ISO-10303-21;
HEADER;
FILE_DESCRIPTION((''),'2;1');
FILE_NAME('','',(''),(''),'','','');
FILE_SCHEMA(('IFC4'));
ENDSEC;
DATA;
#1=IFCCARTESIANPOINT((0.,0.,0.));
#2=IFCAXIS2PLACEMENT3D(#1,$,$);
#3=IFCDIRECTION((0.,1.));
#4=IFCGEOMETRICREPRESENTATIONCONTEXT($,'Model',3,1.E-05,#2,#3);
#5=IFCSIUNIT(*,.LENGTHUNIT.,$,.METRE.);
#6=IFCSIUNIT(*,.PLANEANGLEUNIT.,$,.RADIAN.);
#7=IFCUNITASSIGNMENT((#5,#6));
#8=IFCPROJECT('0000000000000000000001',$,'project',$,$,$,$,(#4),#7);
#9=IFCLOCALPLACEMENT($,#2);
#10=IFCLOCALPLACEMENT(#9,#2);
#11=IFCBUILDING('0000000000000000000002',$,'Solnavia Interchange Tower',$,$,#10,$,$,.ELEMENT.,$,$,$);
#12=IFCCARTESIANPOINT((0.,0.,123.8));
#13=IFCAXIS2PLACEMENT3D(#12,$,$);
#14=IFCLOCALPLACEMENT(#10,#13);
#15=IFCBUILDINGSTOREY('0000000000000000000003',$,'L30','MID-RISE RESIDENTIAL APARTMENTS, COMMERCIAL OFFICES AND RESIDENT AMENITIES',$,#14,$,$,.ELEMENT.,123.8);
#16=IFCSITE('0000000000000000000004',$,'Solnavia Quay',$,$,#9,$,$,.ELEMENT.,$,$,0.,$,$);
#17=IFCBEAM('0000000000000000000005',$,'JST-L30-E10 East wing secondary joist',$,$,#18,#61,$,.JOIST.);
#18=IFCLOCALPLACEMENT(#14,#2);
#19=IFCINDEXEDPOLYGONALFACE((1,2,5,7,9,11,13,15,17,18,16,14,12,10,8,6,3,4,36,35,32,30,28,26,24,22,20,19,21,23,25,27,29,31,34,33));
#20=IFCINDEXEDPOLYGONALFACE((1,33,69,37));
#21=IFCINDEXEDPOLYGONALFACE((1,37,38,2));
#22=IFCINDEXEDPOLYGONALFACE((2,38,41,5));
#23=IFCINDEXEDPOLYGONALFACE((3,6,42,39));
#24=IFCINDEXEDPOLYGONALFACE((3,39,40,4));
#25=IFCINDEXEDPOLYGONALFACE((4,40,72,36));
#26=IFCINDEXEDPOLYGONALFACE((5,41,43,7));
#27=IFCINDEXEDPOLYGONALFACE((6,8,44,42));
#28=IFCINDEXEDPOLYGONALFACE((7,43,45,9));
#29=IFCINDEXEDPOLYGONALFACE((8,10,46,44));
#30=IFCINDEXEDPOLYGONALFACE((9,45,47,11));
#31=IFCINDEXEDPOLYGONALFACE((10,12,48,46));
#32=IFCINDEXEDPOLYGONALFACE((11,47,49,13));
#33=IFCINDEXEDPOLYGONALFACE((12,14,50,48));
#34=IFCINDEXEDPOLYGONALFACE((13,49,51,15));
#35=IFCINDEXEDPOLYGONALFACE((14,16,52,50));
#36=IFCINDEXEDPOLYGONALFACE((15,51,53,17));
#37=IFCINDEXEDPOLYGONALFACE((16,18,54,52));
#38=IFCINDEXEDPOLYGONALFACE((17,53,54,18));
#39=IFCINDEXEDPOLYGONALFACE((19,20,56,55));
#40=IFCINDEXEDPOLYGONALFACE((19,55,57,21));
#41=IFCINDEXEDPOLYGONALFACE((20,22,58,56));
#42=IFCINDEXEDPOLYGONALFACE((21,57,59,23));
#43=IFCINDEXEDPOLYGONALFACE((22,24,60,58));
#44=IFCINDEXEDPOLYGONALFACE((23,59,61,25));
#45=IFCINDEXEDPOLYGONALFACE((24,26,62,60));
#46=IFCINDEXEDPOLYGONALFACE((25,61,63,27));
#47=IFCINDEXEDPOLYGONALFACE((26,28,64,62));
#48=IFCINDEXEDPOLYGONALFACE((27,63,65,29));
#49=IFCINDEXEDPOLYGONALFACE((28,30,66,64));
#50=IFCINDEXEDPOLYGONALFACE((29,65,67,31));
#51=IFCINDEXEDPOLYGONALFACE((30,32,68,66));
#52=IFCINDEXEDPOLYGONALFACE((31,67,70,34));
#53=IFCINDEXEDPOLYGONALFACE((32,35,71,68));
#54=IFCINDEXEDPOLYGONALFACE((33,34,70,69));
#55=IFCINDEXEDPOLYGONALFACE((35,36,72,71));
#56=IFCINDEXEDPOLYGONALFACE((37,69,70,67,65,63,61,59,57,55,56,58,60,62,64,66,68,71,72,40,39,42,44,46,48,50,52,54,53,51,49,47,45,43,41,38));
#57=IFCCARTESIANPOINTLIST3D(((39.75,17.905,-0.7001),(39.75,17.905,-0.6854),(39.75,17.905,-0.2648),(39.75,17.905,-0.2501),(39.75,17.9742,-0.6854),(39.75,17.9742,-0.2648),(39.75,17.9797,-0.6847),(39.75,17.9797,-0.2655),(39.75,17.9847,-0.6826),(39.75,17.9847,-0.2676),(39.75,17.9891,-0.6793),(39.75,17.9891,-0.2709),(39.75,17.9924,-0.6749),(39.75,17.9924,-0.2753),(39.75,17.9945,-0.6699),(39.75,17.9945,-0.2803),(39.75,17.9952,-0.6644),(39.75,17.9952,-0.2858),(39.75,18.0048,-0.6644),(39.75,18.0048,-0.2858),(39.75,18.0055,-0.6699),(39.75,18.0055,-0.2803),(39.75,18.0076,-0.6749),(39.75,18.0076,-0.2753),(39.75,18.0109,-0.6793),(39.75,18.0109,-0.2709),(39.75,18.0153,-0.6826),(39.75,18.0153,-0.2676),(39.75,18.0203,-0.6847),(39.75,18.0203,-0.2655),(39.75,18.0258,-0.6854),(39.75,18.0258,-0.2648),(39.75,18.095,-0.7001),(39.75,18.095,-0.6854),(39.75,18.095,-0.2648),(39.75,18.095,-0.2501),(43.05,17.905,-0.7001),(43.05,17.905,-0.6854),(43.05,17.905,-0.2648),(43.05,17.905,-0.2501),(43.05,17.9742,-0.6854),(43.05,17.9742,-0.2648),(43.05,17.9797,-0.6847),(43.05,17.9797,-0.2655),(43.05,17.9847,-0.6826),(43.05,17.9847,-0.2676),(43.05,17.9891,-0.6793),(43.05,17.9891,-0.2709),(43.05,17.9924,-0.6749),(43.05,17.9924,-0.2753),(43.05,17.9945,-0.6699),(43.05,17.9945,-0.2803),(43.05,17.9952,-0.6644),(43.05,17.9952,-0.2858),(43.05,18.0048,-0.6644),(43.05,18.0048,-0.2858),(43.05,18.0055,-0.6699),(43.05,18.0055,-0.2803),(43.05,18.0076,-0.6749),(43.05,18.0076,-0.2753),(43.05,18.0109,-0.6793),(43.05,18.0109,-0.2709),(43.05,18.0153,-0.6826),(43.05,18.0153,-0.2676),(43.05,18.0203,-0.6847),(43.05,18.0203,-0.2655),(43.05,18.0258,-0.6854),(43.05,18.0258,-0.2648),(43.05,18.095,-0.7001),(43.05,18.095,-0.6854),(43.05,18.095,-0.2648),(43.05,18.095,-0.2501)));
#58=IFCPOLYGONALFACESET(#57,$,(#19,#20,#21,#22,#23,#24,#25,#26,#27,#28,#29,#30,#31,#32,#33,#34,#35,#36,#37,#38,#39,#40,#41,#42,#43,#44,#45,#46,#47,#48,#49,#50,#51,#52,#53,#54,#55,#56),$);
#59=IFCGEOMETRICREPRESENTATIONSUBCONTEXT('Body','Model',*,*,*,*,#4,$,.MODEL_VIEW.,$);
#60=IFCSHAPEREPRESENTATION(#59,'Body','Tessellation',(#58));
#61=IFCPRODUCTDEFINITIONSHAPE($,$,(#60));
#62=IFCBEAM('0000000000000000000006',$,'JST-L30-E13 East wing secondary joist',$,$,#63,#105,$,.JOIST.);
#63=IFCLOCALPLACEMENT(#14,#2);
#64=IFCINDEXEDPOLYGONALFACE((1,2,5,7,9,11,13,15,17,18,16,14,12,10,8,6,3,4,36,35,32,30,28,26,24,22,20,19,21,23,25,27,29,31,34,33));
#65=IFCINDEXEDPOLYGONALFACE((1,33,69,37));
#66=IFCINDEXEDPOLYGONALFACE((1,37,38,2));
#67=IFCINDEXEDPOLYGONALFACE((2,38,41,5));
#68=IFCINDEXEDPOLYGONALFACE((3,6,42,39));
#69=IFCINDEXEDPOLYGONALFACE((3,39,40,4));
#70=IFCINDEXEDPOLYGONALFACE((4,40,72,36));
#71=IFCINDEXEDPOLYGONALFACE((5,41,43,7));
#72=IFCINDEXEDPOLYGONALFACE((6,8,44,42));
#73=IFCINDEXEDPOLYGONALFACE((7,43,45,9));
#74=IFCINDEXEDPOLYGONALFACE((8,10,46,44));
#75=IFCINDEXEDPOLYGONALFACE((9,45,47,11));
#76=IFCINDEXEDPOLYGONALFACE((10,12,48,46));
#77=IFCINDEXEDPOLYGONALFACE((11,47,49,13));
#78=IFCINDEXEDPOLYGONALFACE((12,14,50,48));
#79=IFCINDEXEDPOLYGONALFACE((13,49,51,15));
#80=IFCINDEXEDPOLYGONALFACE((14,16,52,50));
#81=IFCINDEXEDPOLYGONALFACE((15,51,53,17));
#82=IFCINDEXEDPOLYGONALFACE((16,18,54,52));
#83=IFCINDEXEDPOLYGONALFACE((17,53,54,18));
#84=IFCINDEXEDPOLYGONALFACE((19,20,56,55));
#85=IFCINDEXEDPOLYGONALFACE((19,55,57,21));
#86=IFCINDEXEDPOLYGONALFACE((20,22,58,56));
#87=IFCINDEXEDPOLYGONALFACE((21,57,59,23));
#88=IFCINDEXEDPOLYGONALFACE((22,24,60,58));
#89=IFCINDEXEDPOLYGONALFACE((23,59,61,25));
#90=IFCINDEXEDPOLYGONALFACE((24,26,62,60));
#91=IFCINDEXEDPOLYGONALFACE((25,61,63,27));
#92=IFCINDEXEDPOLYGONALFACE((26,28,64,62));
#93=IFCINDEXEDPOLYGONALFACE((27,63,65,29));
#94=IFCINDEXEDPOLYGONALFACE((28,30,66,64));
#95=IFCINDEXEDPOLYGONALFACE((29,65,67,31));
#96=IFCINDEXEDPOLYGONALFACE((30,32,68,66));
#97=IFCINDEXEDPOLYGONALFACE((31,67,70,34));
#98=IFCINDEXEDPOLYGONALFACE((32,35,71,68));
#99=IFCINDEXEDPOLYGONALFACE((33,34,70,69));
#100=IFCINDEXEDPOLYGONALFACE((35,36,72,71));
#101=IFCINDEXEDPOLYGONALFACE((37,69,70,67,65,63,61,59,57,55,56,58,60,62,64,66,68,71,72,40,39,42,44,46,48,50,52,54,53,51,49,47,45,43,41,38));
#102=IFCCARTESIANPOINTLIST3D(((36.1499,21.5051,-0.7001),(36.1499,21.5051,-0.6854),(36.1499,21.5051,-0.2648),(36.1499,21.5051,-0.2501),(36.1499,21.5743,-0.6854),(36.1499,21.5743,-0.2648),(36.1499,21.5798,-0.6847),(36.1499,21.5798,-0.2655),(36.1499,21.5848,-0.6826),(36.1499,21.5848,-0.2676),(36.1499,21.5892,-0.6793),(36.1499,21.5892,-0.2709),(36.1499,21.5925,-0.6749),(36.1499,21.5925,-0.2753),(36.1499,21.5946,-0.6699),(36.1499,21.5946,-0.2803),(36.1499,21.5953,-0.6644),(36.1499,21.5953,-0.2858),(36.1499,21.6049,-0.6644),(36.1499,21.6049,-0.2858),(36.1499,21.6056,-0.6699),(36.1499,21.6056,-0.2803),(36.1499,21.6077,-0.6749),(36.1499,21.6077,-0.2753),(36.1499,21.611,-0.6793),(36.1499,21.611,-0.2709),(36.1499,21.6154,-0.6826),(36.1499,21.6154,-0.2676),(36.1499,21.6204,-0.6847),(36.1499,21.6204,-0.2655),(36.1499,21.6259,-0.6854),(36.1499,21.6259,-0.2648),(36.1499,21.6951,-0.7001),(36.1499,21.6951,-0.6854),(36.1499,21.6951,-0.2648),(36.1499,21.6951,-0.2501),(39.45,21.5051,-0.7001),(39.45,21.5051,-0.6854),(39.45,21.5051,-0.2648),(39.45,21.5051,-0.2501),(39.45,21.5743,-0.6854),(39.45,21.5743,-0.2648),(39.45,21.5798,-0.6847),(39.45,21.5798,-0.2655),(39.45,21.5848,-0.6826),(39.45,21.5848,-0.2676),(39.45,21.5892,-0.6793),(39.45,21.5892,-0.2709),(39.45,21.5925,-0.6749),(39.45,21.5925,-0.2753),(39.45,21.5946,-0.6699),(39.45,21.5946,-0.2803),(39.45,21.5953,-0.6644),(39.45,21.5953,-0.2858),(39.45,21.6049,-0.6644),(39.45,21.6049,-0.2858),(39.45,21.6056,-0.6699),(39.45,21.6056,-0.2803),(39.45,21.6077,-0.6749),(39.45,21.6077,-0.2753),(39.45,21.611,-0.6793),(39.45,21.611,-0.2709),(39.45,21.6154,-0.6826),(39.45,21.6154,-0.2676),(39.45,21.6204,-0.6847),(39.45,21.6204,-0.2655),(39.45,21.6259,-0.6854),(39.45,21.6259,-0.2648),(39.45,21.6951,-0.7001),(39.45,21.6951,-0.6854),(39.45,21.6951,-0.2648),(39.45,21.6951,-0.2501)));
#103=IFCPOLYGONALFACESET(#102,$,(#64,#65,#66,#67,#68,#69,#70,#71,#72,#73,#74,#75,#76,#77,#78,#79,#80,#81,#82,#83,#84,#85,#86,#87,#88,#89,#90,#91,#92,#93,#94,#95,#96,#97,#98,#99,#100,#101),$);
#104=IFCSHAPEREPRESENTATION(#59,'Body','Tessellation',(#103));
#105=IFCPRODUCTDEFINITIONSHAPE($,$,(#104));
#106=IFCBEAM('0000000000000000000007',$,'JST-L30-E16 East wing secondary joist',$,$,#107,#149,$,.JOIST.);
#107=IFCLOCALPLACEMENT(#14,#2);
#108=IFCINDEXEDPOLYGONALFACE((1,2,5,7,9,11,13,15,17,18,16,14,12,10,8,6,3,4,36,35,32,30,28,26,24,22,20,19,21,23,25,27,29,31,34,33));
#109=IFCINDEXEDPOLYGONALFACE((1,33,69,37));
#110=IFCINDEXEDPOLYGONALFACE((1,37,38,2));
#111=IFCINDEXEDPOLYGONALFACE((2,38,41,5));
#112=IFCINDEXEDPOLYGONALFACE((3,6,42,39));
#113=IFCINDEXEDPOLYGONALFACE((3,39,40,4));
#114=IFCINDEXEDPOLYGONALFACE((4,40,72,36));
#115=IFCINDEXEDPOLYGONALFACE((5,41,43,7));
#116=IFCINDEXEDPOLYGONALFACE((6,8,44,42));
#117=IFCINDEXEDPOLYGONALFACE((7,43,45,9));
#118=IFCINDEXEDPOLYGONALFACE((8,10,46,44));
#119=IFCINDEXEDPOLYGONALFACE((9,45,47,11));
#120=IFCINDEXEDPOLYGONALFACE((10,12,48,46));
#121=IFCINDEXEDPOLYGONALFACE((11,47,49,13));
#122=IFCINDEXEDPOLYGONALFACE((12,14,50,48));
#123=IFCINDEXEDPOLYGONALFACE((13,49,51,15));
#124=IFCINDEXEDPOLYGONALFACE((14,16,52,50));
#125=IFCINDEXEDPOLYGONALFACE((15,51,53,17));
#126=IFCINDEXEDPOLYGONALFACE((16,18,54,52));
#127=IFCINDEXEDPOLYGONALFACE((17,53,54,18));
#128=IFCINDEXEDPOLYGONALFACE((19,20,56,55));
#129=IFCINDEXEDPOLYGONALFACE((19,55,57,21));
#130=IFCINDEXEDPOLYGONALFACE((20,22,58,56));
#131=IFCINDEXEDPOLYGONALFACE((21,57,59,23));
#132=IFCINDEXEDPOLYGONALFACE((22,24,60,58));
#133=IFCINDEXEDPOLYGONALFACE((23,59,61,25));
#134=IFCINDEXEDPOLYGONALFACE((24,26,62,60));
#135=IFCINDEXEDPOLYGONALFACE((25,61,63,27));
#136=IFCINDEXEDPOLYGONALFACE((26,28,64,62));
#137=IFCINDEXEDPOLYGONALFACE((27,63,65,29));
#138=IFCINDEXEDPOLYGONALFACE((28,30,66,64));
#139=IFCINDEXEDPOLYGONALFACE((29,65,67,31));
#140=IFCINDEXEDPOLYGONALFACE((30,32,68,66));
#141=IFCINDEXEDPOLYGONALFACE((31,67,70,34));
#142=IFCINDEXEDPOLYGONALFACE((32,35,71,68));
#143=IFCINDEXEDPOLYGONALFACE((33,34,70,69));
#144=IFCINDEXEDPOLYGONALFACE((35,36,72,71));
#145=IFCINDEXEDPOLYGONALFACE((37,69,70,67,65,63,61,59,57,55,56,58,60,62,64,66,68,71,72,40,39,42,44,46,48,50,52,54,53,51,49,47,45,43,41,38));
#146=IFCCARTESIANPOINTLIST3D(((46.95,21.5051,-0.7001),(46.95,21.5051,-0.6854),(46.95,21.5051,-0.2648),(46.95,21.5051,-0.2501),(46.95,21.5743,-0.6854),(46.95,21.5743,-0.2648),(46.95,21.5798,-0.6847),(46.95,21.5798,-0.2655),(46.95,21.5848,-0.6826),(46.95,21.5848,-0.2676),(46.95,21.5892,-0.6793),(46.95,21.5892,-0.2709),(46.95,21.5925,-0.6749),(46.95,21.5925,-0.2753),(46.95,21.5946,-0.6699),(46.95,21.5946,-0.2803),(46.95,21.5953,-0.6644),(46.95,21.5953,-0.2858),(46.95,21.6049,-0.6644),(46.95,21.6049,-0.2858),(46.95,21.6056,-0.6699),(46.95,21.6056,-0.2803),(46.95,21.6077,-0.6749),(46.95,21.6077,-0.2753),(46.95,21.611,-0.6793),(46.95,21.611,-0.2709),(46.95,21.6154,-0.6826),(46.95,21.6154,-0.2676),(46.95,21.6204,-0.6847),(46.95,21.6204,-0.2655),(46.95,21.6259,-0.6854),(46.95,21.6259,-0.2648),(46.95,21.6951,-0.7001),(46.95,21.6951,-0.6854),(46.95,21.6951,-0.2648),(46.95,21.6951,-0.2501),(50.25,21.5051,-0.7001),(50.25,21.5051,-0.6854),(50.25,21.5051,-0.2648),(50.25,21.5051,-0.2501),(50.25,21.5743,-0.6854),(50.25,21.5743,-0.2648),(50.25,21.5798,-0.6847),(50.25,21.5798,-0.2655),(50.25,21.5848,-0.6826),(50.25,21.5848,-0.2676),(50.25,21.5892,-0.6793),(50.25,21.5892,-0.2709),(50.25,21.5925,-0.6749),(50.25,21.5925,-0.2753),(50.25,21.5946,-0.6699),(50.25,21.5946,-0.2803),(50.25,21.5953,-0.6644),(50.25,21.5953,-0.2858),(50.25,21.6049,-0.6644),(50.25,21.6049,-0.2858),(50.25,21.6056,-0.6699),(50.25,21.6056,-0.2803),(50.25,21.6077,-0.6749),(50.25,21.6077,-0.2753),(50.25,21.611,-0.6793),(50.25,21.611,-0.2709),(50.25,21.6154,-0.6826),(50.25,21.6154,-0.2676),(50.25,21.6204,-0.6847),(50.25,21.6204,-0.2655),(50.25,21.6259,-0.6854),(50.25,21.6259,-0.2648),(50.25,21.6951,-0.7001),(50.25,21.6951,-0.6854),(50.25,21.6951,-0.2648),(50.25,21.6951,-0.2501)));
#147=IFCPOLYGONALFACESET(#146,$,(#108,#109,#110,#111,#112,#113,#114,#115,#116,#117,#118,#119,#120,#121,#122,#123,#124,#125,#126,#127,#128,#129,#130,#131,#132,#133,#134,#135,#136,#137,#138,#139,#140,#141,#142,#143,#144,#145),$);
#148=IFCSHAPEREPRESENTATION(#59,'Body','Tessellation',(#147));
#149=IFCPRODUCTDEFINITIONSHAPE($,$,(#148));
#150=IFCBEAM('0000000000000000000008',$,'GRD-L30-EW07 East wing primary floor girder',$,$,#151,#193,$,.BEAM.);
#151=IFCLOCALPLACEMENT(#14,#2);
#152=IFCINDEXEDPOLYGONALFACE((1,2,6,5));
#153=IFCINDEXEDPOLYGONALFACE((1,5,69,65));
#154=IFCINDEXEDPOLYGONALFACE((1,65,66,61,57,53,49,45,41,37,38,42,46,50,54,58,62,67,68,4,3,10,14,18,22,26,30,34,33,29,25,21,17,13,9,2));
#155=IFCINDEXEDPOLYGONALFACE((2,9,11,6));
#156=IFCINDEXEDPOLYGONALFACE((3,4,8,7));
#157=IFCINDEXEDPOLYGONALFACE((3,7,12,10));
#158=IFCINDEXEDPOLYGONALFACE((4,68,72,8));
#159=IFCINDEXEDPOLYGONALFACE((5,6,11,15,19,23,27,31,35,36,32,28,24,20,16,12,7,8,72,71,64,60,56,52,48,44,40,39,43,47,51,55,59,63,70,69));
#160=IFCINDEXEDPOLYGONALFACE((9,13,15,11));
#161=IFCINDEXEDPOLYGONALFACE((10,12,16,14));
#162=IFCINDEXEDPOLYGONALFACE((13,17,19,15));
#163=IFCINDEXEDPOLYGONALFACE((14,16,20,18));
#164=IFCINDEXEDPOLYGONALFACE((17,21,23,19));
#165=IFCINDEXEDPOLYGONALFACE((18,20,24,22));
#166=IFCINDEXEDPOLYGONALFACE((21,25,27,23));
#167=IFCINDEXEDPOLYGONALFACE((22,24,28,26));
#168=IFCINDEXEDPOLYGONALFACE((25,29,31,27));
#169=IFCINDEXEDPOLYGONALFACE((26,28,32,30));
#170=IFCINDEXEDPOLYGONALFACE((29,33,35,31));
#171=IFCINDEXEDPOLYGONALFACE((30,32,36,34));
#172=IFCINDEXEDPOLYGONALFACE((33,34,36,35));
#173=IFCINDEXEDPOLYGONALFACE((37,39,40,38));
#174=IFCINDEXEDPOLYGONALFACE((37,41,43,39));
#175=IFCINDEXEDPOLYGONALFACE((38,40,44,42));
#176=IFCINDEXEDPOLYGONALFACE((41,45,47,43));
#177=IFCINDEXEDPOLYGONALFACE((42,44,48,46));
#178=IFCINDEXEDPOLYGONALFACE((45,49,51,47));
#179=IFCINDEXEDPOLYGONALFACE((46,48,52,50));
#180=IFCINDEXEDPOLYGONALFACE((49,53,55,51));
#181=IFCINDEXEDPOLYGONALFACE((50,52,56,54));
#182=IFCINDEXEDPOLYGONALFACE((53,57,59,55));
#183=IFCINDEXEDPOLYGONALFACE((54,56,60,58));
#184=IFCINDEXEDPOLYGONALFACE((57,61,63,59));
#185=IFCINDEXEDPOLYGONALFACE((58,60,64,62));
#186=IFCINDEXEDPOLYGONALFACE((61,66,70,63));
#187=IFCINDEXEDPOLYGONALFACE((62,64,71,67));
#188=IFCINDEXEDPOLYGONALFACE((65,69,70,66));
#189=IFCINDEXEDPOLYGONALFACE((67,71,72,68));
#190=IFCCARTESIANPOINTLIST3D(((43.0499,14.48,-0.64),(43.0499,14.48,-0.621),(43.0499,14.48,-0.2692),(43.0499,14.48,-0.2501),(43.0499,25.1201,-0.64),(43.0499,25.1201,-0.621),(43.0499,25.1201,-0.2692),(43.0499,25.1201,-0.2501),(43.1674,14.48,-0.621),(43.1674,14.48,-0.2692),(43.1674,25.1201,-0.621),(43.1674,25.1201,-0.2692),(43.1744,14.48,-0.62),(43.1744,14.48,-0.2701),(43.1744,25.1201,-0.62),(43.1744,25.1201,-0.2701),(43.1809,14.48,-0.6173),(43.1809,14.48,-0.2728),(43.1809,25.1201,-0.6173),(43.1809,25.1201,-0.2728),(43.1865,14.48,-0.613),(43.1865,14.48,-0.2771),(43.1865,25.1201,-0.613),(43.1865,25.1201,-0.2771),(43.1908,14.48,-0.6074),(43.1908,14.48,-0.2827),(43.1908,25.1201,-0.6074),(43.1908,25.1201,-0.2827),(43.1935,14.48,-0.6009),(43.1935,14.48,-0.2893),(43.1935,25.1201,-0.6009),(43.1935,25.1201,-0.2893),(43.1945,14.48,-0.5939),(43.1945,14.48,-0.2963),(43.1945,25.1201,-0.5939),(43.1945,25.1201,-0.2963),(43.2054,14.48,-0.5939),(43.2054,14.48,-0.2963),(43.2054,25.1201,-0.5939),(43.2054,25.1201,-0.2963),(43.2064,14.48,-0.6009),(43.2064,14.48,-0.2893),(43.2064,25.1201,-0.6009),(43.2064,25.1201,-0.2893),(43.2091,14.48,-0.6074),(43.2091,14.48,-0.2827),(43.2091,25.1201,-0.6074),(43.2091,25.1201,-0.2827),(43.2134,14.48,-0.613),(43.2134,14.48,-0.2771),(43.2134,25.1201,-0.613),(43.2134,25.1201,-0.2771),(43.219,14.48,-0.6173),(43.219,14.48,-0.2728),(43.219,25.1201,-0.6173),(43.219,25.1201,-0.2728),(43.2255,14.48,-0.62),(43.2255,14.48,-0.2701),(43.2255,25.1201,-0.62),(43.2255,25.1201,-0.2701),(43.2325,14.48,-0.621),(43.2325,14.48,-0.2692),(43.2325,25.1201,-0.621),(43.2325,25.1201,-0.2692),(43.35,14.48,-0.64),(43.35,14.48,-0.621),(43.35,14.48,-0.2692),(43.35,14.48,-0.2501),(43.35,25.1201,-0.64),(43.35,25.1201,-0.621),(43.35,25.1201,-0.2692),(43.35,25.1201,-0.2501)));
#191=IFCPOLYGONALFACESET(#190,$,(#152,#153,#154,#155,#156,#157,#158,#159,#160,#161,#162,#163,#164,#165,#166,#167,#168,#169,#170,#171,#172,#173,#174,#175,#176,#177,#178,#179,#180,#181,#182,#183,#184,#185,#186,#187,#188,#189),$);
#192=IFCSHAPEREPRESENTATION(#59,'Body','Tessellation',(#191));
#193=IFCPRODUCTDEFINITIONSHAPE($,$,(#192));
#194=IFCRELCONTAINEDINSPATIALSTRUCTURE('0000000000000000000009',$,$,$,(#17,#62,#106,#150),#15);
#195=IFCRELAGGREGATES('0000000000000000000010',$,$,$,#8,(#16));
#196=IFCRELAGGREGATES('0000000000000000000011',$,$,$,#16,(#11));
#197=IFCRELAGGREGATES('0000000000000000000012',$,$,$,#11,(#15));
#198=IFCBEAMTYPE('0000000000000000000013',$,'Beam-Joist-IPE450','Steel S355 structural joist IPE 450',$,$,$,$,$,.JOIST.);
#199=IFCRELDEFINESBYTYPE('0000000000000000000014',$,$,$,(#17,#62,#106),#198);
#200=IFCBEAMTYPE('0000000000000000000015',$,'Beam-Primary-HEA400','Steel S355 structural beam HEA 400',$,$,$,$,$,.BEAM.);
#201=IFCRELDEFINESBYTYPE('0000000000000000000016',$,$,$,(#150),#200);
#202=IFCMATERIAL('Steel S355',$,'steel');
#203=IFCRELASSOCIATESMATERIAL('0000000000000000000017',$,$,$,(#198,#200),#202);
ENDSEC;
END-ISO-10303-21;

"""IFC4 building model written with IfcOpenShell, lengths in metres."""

from ifc_helpers import new_model, si_unit, direction, frame, origin, origin_2d, place, context, subcontext, project, spatial, i_section, extrude, material, material_profile, profile_set, type_object, element, save


model = new_model("IFC4")

# Units and contexts
model_context = context("Model", 3, precision=1e-05, world=origin(), true_north=direction((0.0, 1.0)))
body_context = subcontext(model_context, "Body", "Model", "MODEL_VIEW")
ifc_project = project(units=[si_unit("LENGTHUNIT", "METRE"), si_unit("PLANEANGLEUNIT", "RADIAN")], contexts=[model_context])

# Site, building, storey
site_placement = place(None, origin())
site = spatial("IfcSite", under=ifc_project, at=site_placement, Name="Solnavia Quay", CompositionType="ELEMENT", RefElevation=0.0)
building_placement = place(site_placement, origin())
building = spatial("IfcBuilding", under=site, at=building_placement, Name="Solnavia Interchange Tower", CompositionType="ELEMENT")
storey_placement = place(building_placement, frame((0.0, 0.0, 123.8)))
storey = spatial("IfcBuildingStorey", under=building, at=storey_placement, Name="L30", Description="MID-RISE RESIDENTIAL APARTMENTS, COMMERCIAL OFFICES AND RESIDENT AMENITIES", CompositionType="ELEMENT", Elevation=123.8)

# Shared definitions
ifc_material_1 = material(Name="Steel S355", Category="steel")

# Beams
ifc_material_profile_1 = material_profile(ifc_material_1, i_section(OverallWidth=0.1899, OverallDepth=0.45, WebThickness=0.0095, FlangeThickness=0.0146, FilletRadius=0.021, at=origin_2d()), Name="IPE 450")
ifc_profile_set_1 = profile_set([ifc_material_profile_1], Name="Steel S355")
beam_type_1 = type_object("IfcBeamType", Name="Beam-Joist-IPE450", Description="Steel S355 structural joist IPE 450", PredefinedType="JOIST", material=ifc_profile_set_1)
for number, where, z_axis, x_axis, name in (
    (1, (39.75, 18.0, -0.4751), (1.0, 0.0, 0.0), (0.0, 1.0, 0.0), "JST-L30-E10 East wing secondary joist"),
    (2, (36.1499, 21.6001, -0.4751), (1.0, 0.0, 0.0), (0.0, 1.0, 0.0), "JST-L30-E13 East wing secondary joist"),
    (3, (46.95, 21.6001, -0.4751), (1.0, 0.0, 0.0), (0.0, 1.0, 0.0), "JST-L30-E16 East wing secondary joist"),
):
    element("IfcBeam", number, at=place(storey_placement, frame(where, z_axis=z_axis, x_axis=x_axis)), inside=storey, type_object=beam_type_1, Name=name, PredefinedType="JOIST", context=body_context, shape_type="SweptSolid", body=[
        extrude(i_section(OverallWidth=0.1899, OverallDepth=0.45, WebThickness=0.0095, FlangeThickness=0.0146, FilletRadius=0.021, at=origin_2d()), origin(), (0.0, 0.0, 1.0), 3.3),
    ])
ifc_material_profile_2 = material_profile(ifc_material_1, i_section(OverallWidth=0.3, OverallDepth=0.3899, WebThickness=0.011, FlangeThickness=0.019, FilletRadius=0.0271, at=origin_2d()), Name="HEA 400")
ifc_profile_set_2 = profile_set([ifc_material_profile_2], Name="Steel S355")
beam_type_2 = type_object("IfcBeamType", Name="Beam-Primary-HEA400", Description="Steel S355 structural beam HEA 400", PredefinedType="BEAM", material=ifc_profile_set_2)
beam_1_placement = place(storey_placement, frame((43.2, 14.48, -0.4451), z_axis=(0.0, 1.0, 0.0), x_axis=(-1.0, 0.0, 0.0)))
element("IfcBeam", 4, at=beam_1_placement, inside=storey, type_object=beam_type_2, Name="GRD-L30-EW07 East wing primary floor girder", PredefinedType="BEAM", context=body_context, shape_type="SweptSolid", body=[
    extrude(i_section(OverallWidth=0.3, OverallDepth=0.3899, WebThickness=0.011, FlangeThickness=0.019, FilletRadius=0.0271, at=origin_2d()), origin(), (0.0, 0.0, 1.0), 10.6401),
])

save(model, "model.ifc")
